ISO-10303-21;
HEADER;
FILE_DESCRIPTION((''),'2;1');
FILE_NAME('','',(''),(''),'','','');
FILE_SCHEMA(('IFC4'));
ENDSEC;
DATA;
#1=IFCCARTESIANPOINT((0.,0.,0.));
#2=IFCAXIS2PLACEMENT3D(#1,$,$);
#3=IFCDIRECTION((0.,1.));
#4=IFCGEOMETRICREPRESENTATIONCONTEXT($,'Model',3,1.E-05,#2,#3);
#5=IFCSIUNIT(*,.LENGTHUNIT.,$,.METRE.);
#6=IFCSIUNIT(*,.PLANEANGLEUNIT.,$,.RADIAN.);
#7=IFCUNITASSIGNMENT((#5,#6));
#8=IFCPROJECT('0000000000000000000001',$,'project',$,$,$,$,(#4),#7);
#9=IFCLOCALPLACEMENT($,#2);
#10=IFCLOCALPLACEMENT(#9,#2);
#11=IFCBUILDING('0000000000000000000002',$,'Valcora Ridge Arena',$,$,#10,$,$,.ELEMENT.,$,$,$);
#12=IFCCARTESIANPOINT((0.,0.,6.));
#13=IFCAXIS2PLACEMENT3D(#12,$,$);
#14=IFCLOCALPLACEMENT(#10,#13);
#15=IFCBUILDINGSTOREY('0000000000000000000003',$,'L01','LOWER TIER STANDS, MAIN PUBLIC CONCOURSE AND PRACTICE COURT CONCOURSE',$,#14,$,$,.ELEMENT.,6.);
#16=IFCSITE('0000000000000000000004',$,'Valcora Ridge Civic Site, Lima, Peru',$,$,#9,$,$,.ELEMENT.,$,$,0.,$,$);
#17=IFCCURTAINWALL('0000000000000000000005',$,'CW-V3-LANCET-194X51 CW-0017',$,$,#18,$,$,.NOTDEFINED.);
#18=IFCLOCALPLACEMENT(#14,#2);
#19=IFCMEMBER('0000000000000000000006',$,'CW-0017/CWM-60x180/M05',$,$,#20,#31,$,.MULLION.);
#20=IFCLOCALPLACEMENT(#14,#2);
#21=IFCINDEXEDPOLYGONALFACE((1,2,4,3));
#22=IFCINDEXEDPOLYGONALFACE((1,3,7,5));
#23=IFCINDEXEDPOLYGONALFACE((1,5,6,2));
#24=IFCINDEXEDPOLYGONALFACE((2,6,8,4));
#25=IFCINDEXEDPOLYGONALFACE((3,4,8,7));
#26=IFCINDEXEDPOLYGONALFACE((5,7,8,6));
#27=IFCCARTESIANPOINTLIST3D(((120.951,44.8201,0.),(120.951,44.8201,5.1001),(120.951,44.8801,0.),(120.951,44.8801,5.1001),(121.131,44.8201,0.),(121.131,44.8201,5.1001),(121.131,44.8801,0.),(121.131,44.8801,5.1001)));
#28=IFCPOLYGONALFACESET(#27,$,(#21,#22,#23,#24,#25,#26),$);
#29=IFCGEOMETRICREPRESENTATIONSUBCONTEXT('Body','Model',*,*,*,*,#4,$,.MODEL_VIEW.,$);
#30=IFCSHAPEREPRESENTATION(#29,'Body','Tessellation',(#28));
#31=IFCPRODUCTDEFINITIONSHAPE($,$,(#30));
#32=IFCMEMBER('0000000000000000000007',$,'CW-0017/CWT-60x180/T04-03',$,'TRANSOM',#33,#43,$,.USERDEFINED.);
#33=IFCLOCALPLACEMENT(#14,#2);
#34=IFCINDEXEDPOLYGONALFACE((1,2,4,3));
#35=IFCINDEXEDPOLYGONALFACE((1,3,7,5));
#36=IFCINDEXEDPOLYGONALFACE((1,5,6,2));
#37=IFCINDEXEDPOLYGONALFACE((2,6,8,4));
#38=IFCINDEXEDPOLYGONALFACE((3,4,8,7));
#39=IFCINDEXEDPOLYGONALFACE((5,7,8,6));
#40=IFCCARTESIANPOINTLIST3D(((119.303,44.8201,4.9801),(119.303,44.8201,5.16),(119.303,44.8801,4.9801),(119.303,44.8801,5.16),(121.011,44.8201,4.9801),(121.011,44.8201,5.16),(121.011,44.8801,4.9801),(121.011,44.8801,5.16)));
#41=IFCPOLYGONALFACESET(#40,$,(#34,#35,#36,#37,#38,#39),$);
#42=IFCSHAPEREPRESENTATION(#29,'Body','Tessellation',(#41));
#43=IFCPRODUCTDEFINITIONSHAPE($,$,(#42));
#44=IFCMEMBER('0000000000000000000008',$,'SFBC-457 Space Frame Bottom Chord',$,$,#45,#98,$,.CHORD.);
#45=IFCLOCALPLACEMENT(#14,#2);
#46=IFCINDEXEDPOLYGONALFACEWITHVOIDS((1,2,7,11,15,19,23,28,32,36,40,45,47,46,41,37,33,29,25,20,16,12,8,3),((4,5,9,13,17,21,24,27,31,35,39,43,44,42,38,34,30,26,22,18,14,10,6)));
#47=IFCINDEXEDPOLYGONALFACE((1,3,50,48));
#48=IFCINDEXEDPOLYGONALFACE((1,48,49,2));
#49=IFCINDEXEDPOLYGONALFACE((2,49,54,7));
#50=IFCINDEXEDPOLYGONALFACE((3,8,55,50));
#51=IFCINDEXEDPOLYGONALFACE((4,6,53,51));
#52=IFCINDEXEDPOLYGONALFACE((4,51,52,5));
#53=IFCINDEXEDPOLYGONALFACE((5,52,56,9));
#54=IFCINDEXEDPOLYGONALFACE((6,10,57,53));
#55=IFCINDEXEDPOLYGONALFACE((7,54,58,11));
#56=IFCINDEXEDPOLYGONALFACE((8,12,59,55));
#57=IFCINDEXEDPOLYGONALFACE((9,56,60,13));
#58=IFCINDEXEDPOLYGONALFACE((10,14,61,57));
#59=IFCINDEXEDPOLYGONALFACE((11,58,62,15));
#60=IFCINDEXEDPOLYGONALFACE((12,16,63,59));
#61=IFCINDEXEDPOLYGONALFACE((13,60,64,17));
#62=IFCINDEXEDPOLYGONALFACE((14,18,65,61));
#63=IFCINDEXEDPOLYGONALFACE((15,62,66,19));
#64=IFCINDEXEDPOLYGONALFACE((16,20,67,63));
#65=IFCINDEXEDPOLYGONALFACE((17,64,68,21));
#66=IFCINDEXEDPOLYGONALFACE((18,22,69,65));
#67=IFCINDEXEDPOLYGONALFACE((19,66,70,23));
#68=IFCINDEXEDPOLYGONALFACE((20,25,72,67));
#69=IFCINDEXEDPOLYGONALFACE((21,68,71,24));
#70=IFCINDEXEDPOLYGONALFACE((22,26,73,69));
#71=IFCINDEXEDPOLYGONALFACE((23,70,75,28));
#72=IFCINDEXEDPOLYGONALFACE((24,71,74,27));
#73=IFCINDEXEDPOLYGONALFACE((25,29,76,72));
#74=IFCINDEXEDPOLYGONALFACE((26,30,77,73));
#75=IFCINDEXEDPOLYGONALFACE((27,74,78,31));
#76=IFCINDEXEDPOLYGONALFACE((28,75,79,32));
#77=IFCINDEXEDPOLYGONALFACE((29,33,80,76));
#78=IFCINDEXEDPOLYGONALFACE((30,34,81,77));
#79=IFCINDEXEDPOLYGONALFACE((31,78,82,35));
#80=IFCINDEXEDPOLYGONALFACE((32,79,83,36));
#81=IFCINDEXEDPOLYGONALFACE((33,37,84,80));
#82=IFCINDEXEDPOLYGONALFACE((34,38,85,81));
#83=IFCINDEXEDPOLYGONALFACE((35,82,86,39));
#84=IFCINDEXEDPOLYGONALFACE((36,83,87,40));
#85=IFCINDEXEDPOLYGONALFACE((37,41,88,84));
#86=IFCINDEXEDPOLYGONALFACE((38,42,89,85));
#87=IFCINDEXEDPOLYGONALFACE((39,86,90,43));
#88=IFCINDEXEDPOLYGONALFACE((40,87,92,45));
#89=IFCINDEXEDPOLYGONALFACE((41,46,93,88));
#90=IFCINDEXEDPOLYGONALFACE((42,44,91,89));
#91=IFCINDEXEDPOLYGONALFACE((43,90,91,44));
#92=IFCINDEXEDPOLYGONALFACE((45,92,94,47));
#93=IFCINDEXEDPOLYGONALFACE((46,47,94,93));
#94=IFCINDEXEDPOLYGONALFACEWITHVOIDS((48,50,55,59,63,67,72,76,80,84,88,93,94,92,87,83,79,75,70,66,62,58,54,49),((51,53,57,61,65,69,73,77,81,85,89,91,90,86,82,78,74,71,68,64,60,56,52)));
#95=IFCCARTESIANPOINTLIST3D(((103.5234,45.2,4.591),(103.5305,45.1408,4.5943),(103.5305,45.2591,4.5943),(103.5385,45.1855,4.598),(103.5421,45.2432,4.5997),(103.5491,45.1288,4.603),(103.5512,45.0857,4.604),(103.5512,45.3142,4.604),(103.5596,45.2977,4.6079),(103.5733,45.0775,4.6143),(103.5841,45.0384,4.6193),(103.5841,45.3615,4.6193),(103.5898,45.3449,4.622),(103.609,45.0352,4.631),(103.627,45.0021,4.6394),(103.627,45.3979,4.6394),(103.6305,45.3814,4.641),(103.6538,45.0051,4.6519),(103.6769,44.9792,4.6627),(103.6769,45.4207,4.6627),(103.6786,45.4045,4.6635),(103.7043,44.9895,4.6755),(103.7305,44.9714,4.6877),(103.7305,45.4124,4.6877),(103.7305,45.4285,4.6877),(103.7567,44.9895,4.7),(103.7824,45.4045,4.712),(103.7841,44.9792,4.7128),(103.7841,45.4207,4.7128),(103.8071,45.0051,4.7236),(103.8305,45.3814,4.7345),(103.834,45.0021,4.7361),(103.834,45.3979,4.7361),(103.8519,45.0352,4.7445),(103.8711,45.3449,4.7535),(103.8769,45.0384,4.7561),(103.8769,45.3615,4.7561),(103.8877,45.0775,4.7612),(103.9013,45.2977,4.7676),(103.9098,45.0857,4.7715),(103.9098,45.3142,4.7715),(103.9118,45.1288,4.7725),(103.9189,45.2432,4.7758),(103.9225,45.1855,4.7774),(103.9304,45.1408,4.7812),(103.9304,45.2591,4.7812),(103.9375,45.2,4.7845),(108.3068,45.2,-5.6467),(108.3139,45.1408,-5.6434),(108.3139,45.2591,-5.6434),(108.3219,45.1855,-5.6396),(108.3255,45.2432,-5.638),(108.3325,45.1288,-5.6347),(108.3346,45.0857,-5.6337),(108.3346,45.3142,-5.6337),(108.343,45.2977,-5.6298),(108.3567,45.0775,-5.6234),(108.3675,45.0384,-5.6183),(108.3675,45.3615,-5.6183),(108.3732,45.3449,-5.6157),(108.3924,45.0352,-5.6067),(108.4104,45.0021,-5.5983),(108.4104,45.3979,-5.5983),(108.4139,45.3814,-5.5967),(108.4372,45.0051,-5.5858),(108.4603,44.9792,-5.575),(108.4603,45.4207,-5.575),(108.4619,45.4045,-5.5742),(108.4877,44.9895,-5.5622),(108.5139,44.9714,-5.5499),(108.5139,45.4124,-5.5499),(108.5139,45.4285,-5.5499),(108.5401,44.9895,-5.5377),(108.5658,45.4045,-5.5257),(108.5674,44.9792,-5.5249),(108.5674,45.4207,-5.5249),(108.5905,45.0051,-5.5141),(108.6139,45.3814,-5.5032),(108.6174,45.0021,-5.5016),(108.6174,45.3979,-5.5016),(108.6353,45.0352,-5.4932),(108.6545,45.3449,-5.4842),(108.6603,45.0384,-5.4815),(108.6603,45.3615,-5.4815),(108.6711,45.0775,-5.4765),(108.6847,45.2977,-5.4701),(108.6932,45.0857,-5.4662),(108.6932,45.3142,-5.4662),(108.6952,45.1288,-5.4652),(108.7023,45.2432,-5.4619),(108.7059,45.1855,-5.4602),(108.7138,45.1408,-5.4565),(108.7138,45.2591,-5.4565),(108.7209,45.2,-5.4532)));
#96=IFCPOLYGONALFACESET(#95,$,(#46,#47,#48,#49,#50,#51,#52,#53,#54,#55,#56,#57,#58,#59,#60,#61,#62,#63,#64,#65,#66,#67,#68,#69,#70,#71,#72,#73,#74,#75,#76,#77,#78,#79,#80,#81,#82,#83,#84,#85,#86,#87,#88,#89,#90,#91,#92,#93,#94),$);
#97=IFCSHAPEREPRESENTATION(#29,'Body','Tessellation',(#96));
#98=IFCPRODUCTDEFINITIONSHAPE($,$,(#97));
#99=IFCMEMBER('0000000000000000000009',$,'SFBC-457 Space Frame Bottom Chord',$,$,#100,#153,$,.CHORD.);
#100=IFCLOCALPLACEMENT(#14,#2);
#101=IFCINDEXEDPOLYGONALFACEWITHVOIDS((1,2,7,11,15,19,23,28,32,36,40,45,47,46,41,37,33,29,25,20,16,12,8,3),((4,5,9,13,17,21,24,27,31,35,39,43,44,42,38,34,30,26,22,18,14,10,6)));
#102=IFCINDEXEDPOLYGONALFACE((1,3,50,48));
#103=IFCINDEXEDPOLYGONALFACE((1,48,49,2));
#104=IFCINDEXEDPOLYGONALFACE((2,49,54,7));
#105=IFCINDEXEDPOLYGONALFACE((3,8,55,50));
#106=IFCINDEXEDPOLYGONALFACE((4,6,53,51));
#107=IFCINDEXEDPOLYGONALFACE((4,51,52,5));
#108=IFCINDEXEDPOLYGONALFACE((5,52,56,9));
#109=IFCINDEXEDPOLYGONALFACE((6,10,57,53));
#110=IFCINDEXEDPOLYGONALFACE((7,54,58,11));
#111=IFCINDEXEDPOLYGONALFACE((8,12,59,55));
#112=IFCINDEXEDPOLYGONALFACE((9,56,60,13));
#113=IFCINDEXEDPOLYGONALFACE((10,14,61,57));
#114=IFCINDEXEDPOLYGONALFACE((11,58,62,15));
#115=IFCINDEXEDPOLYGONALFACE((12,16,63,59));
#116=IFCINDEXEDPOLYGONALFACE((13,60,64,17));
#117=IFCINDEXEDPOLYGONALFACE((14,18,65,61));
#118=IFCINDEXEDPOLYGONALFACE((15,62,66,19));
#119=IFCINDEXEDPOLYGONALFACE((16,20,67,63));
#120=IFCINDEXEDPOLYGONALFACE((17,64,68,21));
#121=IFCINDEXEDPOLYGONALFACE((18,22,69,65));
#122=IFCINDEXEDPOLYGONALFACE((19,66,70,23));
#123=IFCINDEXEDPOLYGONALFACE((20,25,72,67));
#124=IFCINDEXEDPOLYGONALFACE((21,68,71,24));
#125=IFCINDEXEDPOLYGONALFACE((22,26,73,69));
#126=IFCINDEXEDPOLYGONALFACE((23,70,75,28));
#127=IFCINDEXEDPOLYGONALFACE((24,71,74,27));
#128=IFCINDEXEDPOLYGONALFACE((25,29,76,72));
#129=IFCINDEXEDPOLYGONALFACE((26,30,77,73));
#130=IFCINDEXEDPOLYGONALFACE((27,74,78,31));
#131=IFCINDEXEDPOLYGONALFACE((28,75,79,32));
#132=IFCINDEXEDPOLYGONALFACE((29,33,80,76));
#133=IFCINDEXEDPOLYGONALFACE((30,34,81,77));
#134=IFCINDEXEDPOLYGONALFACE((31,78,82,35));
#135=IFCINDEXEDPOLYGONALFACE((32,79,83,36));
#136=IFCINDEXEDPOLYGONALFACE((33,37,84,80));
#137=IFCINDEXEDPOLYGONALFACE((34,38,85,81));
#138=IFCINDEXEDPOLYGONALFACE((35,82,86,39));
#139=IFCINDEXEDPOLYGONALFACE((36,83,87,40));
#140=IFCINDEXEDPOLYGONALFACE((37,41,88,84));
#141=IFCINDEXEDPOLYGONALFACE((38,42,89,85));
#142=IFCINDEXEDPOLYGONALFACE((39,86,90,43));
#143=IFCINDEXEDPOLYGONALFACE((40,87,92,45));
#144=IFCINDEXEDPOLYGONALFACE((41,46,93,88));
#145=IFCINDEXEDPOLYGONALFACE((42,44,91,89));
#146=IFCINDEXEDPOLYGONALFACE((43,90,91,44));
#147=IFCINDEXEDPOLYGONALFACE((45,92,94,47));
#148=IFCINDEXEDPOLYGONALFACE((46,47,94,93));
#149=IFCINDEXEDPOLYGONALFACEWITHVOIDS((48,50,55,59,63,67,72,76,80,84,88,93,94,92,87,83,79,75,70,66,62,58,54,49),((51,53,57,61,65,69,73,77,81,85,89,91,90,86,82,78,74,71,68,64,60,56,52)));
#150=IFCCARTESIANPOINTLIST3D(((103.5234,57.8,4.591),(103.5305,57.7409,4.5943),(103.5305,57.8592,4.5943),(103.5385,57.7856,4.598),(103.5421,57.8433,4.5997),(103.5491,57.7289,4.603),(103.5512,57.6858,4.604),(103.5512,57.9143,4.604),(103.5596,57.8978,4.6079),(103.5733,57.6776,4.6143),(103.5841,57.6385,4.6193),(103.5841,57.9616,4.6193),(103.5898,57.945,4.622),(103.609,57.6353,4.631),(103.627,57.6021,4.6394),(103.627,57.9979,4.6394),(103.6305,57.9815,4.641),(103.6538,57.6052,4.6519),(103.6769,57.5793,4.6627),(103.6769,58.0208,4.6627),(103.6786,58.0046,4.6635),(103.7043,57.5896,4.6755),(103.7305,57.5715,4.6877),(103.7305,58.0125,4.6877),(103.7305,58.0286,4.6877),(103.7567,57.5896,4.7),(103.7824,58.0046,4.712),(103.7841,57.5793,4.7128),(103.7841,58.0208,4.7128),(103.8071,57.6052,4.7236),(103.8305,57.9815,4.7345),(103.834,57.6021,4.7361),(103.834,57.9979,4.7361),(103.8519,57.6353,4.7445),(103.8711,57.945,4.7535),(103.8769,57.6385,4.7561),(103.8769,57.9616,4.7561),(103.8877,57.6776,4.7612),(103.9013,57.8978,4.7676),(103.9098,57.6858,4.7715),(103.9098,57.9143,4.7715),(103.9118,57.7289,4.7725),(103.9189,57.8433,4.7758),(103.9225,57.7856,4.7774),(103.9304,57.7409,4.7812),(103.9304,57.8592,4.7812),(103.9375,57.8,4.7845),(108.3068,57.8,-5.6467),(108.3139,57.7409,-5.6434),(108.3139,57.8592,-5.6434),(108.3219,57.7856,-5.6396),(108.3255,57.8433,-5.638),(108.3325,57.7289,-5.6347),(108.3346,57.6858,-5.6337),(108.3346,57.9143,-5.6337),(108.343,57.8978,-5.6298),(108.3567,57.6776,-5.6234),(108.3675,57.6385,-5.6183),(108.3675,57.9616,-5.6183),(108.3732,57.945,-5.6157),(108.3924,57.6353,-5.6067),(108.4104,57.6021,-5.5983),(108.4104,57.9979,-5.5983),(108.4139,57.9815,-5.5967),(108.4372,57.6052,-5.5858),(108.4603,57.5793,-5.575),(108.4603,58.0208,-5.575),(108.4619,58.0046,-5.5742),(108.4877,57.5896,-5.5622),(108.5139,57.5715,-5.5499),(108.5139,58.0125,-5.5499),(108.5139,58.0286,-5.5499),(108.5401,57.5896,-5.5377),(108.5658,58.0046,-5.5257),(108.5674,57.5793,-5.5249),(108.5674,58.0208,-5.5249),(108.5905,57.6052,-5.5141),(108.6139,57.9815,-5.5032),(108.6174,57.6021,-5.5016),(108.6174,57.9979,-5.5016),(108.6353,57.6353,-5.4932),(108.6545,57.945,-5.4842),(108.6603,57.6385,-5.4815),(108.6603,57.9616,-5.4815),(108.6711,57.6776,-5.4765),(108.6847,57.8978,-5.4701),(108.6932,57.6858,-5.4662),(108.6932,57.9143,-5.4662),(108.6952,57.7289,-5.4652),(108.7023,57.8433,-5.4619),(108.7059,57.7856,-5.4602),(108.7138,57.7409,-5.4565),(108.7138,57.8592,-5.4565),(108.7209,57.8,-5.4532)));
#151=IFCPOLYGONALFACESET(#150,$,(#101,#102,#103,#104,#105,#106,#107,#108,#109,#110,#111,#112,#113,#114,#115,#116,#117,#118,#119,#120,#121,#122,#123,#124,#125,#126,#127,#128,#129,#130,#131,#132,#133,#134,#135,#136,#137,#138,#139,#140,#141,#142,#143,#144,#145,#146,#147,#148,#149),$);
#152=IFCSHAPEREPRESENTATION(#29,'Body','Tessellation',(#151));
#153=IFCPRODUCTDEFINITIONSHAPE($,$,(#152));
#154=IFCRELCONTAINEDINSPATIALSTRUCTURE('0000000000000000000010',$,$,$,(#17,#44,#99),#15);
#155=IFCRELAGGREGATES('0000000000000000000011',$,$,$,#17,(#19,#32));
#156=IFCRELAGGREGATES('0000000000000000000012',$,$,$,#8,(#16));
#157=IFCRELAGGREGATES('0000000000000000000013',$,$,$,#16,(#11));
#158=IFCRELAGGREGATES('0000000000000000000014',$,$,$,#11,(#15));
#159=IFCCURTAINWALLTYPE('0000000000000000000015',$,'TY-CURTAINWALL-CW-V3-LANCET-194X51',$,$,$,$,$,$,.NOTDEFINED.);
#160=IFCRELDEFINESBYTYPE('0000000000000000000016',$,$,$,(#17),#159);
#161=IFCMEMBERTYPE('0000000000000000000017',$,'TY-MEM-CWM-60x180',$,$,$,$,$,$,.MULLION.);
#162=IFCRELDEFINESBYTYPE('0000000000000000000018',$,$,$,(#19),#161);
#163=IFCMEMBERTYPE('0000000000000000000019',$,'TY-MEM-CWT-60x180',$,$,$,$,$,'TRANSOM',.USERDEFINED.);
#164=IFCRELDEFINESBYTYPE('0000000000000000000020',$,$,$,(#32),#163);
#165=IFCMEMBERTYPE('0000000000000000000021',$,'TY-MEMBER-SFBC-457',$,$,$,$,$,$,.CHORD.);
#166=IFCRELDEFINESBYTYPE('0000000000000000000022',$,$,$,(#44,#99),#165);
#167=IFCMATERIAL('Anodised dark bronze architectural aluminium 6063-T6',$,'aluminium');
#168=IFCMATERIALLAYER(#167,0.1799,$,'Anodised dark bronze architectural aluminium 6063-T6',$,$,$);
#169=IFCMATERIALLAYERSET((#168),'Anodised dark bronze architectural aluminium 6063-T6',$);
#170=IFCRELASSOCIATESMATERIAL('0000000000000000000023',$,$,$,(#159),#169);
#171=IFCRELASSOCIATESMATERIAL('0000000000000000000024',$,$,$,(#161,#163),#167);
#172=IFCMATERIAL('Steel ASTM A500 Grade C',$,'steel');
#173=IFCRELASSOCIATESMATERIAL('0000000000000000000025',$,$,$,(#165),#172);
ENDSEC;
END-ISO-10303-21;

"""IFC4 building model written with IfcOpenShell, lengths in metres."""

from ifc_helpers import new_model, si_unit, direction, frame, origin, origin_2d, place, context, subcontext, project, spatial, rectangle, hollow_circle, extrude, material, layer, layer_set, material_profile, profile_set, type_object, element, aggregate, save


model = new_model("IFC4")

# Units and contexts
model_context = context("Model", 3, precision=1e-05, world=origin(), true_north=direction((0.0, 1.0)))
body_context = subcontext(model_context, "Body", "Model", "MODEL_VIEW")
ifc_project = project(units=[si_unit("LENGTHUNIT", "METRE"), si_unit("PLANEANGLEUNIT", "RADIAN")], contexts=[model_context])

# Site, building, storey
site_placement = place(None, origin())
site = spatial("IfcSite", under=ifc_project, at=site_placement, Name="Valcora Ridge Civic Site, Lima, Peru", CompositionType="ELEMENT", RefElevation=0.0)
building_placement = place(site_placement, origin())
building = spatial("IfcBuilding", under=site, at=building_placement, Name="Valcora Ridge Arena", CompositionType="ELEMENT")
storey_placement = place(building_placement, frame((0.0, 0.0, 6.0)))
storey = spatial("IfcBuildingStorey", under=building, at=storey_placement, Name="L01", Description="LOWER TIER STANDS, MAIN PUBLIC CONCOURSE AND PRACTICE COURT CONCOURSE", CompositionType="ELEMENT", Elevation=6.0)

# Curtain wall, members
ifc_material_1 = material(Name="Anodised dark bronze architectural aluminium 6063-T6", Category="aluminium")
ifc_layer_1 = layer(ifc_material_1, 0.1799, Name="Anodised dark bronze architectural aluminium 6063-T6")
ifc_layer_set_1 = layer_set([ifc_layer_1], Name="Anodised dark bronze architectural aluminium 6063-T6")
curtain_wall_type = type_object("IfcCurtainWallType", Name="TY-CURTAINWALL-CW-V3-LANCET-194X51", PredefinedType="NOTDEFINED", material=ifc_layer_set_1)
curtain_wall_placement = place(storey_placement, origin())
curtain_wall = element("IfcCurtainWall", 1, at=curtain_wall_placement, inside=storey, type_object=curtain_wall_type, Name="CW-V3-LANCET-194X51 CW-0017", PredefinedType="NOTDEFINED")
ifc_material_profile_1 = material_profile(ifc_material_1, rectangle(XDim=0.0601, YDim=0.1799, at=origin_2d()), Name="ALU MULLION 60x180")
ifc_profile_set_1 = profile_set([ifc_material_profile_1], Name="Anodised dark bronze architectural aluminium 6063-T6")
member_type_1 = type_object("IfcMemberType", Name="TY-MEM-CWM-60x180", PredefinedType="MULLION", material=ifc_profile_set_1)
member_1_placement = place(storey_placement, frame((121.041, 44.8501, 0.0), z_axis=(0.0, 0.0, 1.0), x_axis=(0.0, 1.0, 0.0)))
member_1 = element("IfcMember", 2, at=member_1_placement, type_object=member_type_1, Name="CW-0017/CWM-60x180/M05", PredefinedType="MULLION", context=body_context, shape_type="SweptSolid", body=[
    extrude(rectangle(XDim=0.0601, YDim=0.1799, at=origin_2d()), origin(), (0.0, 0.0, 1.0), 5.1001),
])
ifc_material_profile_2 = material_profile(ifc_material_1, rectangle(XDim=0.0601, YDim=0.1799, at=origin_2d()), Name="ALU TRANSOM 60x180")
ifc_profile_set_2 = profile_set([ifc_material_profile_2], Name="Anodised dark bronze architectural aluminium 6063-T6")
member_type_2 = type_object("IfcMemberType", Name="TY-MEM-CWT-60x180", ElementType="TRANSOM", PredefinedType="USERDEFINED", material=ifc_profile_set_2)
member_2_placement = place(storey_placement, frame((119.303, 44.8501, 5.0701), z_axis=(1.0, 0.0, 0.0), x_axis=(0.0, 1.0, 0.0)))
member_2 = element("IfcMember", 3, at=member_2_placement, type_object=member_type_2, Name="CW-0017/CWT-60x180/T04-03", ObjectType="TRANSOM", PredefinedType="USERDEFINED", context=body_context, shape_type="SweptSolid", body=[
    extrude(rectangle(XDim=0.0601, YDim=0.1799, at=origin_2d()), origin(), (0.0, 0.0, 1.0), 1.708),
])

# Members
ifc_material_2 = material(Name="Steel ASTM A500 Grade C", Category="steel")
ifc_material_profile_3 = material_profile(ifc_material_2, hollow_circle(Radius=0.2285, WallThickness=0.0161, at=origin_2d()), Name="CHS457X16")
ifc_profile_set_3 = profile_set([ifc_material_profile_3], Name="Steel ASTM A500 Grade C")
member_type_3 = type_object("IfcMemberType", Name="TY-MEMBER-SFBC-457", PredefinedType="CHORD", material=ifc_profile_set_3)
for number, where, z_axis, x_axis, name in (
    (4, (103.7305, 45.2, 4.6877), (0.423308, 0.0, -0.905986), (0.0, 1.0, 0.0), "SFBC-457 Space Frame Bottom Chord"),
    (5, (103.7305, 57.8, 4.6877), (0.423308, 0.0, -0.905986), (0.0, 1.0, 0.0), "SFBC-457 Space Frame Bottom Chord"),
):
    element("IfcMember", number, at=place(storey_placement, frame(where, z_axis=z_axis, x_axis=x_axis)), inside=storey, type_object=member_type_3, Name=name, PredefinedType="CHORD", context=body_context, shape_type="SweptSolid", body=[
        extrude(hollow_circle(Radius=0.2285, WallThickness=0.0161, at=origin_2d()), origin(), (0.0, 0.0, 1.0), 11.3),
    ])

aggregate(curtain_wall, [member_1, member_2])

save(model, "model.ifc")
